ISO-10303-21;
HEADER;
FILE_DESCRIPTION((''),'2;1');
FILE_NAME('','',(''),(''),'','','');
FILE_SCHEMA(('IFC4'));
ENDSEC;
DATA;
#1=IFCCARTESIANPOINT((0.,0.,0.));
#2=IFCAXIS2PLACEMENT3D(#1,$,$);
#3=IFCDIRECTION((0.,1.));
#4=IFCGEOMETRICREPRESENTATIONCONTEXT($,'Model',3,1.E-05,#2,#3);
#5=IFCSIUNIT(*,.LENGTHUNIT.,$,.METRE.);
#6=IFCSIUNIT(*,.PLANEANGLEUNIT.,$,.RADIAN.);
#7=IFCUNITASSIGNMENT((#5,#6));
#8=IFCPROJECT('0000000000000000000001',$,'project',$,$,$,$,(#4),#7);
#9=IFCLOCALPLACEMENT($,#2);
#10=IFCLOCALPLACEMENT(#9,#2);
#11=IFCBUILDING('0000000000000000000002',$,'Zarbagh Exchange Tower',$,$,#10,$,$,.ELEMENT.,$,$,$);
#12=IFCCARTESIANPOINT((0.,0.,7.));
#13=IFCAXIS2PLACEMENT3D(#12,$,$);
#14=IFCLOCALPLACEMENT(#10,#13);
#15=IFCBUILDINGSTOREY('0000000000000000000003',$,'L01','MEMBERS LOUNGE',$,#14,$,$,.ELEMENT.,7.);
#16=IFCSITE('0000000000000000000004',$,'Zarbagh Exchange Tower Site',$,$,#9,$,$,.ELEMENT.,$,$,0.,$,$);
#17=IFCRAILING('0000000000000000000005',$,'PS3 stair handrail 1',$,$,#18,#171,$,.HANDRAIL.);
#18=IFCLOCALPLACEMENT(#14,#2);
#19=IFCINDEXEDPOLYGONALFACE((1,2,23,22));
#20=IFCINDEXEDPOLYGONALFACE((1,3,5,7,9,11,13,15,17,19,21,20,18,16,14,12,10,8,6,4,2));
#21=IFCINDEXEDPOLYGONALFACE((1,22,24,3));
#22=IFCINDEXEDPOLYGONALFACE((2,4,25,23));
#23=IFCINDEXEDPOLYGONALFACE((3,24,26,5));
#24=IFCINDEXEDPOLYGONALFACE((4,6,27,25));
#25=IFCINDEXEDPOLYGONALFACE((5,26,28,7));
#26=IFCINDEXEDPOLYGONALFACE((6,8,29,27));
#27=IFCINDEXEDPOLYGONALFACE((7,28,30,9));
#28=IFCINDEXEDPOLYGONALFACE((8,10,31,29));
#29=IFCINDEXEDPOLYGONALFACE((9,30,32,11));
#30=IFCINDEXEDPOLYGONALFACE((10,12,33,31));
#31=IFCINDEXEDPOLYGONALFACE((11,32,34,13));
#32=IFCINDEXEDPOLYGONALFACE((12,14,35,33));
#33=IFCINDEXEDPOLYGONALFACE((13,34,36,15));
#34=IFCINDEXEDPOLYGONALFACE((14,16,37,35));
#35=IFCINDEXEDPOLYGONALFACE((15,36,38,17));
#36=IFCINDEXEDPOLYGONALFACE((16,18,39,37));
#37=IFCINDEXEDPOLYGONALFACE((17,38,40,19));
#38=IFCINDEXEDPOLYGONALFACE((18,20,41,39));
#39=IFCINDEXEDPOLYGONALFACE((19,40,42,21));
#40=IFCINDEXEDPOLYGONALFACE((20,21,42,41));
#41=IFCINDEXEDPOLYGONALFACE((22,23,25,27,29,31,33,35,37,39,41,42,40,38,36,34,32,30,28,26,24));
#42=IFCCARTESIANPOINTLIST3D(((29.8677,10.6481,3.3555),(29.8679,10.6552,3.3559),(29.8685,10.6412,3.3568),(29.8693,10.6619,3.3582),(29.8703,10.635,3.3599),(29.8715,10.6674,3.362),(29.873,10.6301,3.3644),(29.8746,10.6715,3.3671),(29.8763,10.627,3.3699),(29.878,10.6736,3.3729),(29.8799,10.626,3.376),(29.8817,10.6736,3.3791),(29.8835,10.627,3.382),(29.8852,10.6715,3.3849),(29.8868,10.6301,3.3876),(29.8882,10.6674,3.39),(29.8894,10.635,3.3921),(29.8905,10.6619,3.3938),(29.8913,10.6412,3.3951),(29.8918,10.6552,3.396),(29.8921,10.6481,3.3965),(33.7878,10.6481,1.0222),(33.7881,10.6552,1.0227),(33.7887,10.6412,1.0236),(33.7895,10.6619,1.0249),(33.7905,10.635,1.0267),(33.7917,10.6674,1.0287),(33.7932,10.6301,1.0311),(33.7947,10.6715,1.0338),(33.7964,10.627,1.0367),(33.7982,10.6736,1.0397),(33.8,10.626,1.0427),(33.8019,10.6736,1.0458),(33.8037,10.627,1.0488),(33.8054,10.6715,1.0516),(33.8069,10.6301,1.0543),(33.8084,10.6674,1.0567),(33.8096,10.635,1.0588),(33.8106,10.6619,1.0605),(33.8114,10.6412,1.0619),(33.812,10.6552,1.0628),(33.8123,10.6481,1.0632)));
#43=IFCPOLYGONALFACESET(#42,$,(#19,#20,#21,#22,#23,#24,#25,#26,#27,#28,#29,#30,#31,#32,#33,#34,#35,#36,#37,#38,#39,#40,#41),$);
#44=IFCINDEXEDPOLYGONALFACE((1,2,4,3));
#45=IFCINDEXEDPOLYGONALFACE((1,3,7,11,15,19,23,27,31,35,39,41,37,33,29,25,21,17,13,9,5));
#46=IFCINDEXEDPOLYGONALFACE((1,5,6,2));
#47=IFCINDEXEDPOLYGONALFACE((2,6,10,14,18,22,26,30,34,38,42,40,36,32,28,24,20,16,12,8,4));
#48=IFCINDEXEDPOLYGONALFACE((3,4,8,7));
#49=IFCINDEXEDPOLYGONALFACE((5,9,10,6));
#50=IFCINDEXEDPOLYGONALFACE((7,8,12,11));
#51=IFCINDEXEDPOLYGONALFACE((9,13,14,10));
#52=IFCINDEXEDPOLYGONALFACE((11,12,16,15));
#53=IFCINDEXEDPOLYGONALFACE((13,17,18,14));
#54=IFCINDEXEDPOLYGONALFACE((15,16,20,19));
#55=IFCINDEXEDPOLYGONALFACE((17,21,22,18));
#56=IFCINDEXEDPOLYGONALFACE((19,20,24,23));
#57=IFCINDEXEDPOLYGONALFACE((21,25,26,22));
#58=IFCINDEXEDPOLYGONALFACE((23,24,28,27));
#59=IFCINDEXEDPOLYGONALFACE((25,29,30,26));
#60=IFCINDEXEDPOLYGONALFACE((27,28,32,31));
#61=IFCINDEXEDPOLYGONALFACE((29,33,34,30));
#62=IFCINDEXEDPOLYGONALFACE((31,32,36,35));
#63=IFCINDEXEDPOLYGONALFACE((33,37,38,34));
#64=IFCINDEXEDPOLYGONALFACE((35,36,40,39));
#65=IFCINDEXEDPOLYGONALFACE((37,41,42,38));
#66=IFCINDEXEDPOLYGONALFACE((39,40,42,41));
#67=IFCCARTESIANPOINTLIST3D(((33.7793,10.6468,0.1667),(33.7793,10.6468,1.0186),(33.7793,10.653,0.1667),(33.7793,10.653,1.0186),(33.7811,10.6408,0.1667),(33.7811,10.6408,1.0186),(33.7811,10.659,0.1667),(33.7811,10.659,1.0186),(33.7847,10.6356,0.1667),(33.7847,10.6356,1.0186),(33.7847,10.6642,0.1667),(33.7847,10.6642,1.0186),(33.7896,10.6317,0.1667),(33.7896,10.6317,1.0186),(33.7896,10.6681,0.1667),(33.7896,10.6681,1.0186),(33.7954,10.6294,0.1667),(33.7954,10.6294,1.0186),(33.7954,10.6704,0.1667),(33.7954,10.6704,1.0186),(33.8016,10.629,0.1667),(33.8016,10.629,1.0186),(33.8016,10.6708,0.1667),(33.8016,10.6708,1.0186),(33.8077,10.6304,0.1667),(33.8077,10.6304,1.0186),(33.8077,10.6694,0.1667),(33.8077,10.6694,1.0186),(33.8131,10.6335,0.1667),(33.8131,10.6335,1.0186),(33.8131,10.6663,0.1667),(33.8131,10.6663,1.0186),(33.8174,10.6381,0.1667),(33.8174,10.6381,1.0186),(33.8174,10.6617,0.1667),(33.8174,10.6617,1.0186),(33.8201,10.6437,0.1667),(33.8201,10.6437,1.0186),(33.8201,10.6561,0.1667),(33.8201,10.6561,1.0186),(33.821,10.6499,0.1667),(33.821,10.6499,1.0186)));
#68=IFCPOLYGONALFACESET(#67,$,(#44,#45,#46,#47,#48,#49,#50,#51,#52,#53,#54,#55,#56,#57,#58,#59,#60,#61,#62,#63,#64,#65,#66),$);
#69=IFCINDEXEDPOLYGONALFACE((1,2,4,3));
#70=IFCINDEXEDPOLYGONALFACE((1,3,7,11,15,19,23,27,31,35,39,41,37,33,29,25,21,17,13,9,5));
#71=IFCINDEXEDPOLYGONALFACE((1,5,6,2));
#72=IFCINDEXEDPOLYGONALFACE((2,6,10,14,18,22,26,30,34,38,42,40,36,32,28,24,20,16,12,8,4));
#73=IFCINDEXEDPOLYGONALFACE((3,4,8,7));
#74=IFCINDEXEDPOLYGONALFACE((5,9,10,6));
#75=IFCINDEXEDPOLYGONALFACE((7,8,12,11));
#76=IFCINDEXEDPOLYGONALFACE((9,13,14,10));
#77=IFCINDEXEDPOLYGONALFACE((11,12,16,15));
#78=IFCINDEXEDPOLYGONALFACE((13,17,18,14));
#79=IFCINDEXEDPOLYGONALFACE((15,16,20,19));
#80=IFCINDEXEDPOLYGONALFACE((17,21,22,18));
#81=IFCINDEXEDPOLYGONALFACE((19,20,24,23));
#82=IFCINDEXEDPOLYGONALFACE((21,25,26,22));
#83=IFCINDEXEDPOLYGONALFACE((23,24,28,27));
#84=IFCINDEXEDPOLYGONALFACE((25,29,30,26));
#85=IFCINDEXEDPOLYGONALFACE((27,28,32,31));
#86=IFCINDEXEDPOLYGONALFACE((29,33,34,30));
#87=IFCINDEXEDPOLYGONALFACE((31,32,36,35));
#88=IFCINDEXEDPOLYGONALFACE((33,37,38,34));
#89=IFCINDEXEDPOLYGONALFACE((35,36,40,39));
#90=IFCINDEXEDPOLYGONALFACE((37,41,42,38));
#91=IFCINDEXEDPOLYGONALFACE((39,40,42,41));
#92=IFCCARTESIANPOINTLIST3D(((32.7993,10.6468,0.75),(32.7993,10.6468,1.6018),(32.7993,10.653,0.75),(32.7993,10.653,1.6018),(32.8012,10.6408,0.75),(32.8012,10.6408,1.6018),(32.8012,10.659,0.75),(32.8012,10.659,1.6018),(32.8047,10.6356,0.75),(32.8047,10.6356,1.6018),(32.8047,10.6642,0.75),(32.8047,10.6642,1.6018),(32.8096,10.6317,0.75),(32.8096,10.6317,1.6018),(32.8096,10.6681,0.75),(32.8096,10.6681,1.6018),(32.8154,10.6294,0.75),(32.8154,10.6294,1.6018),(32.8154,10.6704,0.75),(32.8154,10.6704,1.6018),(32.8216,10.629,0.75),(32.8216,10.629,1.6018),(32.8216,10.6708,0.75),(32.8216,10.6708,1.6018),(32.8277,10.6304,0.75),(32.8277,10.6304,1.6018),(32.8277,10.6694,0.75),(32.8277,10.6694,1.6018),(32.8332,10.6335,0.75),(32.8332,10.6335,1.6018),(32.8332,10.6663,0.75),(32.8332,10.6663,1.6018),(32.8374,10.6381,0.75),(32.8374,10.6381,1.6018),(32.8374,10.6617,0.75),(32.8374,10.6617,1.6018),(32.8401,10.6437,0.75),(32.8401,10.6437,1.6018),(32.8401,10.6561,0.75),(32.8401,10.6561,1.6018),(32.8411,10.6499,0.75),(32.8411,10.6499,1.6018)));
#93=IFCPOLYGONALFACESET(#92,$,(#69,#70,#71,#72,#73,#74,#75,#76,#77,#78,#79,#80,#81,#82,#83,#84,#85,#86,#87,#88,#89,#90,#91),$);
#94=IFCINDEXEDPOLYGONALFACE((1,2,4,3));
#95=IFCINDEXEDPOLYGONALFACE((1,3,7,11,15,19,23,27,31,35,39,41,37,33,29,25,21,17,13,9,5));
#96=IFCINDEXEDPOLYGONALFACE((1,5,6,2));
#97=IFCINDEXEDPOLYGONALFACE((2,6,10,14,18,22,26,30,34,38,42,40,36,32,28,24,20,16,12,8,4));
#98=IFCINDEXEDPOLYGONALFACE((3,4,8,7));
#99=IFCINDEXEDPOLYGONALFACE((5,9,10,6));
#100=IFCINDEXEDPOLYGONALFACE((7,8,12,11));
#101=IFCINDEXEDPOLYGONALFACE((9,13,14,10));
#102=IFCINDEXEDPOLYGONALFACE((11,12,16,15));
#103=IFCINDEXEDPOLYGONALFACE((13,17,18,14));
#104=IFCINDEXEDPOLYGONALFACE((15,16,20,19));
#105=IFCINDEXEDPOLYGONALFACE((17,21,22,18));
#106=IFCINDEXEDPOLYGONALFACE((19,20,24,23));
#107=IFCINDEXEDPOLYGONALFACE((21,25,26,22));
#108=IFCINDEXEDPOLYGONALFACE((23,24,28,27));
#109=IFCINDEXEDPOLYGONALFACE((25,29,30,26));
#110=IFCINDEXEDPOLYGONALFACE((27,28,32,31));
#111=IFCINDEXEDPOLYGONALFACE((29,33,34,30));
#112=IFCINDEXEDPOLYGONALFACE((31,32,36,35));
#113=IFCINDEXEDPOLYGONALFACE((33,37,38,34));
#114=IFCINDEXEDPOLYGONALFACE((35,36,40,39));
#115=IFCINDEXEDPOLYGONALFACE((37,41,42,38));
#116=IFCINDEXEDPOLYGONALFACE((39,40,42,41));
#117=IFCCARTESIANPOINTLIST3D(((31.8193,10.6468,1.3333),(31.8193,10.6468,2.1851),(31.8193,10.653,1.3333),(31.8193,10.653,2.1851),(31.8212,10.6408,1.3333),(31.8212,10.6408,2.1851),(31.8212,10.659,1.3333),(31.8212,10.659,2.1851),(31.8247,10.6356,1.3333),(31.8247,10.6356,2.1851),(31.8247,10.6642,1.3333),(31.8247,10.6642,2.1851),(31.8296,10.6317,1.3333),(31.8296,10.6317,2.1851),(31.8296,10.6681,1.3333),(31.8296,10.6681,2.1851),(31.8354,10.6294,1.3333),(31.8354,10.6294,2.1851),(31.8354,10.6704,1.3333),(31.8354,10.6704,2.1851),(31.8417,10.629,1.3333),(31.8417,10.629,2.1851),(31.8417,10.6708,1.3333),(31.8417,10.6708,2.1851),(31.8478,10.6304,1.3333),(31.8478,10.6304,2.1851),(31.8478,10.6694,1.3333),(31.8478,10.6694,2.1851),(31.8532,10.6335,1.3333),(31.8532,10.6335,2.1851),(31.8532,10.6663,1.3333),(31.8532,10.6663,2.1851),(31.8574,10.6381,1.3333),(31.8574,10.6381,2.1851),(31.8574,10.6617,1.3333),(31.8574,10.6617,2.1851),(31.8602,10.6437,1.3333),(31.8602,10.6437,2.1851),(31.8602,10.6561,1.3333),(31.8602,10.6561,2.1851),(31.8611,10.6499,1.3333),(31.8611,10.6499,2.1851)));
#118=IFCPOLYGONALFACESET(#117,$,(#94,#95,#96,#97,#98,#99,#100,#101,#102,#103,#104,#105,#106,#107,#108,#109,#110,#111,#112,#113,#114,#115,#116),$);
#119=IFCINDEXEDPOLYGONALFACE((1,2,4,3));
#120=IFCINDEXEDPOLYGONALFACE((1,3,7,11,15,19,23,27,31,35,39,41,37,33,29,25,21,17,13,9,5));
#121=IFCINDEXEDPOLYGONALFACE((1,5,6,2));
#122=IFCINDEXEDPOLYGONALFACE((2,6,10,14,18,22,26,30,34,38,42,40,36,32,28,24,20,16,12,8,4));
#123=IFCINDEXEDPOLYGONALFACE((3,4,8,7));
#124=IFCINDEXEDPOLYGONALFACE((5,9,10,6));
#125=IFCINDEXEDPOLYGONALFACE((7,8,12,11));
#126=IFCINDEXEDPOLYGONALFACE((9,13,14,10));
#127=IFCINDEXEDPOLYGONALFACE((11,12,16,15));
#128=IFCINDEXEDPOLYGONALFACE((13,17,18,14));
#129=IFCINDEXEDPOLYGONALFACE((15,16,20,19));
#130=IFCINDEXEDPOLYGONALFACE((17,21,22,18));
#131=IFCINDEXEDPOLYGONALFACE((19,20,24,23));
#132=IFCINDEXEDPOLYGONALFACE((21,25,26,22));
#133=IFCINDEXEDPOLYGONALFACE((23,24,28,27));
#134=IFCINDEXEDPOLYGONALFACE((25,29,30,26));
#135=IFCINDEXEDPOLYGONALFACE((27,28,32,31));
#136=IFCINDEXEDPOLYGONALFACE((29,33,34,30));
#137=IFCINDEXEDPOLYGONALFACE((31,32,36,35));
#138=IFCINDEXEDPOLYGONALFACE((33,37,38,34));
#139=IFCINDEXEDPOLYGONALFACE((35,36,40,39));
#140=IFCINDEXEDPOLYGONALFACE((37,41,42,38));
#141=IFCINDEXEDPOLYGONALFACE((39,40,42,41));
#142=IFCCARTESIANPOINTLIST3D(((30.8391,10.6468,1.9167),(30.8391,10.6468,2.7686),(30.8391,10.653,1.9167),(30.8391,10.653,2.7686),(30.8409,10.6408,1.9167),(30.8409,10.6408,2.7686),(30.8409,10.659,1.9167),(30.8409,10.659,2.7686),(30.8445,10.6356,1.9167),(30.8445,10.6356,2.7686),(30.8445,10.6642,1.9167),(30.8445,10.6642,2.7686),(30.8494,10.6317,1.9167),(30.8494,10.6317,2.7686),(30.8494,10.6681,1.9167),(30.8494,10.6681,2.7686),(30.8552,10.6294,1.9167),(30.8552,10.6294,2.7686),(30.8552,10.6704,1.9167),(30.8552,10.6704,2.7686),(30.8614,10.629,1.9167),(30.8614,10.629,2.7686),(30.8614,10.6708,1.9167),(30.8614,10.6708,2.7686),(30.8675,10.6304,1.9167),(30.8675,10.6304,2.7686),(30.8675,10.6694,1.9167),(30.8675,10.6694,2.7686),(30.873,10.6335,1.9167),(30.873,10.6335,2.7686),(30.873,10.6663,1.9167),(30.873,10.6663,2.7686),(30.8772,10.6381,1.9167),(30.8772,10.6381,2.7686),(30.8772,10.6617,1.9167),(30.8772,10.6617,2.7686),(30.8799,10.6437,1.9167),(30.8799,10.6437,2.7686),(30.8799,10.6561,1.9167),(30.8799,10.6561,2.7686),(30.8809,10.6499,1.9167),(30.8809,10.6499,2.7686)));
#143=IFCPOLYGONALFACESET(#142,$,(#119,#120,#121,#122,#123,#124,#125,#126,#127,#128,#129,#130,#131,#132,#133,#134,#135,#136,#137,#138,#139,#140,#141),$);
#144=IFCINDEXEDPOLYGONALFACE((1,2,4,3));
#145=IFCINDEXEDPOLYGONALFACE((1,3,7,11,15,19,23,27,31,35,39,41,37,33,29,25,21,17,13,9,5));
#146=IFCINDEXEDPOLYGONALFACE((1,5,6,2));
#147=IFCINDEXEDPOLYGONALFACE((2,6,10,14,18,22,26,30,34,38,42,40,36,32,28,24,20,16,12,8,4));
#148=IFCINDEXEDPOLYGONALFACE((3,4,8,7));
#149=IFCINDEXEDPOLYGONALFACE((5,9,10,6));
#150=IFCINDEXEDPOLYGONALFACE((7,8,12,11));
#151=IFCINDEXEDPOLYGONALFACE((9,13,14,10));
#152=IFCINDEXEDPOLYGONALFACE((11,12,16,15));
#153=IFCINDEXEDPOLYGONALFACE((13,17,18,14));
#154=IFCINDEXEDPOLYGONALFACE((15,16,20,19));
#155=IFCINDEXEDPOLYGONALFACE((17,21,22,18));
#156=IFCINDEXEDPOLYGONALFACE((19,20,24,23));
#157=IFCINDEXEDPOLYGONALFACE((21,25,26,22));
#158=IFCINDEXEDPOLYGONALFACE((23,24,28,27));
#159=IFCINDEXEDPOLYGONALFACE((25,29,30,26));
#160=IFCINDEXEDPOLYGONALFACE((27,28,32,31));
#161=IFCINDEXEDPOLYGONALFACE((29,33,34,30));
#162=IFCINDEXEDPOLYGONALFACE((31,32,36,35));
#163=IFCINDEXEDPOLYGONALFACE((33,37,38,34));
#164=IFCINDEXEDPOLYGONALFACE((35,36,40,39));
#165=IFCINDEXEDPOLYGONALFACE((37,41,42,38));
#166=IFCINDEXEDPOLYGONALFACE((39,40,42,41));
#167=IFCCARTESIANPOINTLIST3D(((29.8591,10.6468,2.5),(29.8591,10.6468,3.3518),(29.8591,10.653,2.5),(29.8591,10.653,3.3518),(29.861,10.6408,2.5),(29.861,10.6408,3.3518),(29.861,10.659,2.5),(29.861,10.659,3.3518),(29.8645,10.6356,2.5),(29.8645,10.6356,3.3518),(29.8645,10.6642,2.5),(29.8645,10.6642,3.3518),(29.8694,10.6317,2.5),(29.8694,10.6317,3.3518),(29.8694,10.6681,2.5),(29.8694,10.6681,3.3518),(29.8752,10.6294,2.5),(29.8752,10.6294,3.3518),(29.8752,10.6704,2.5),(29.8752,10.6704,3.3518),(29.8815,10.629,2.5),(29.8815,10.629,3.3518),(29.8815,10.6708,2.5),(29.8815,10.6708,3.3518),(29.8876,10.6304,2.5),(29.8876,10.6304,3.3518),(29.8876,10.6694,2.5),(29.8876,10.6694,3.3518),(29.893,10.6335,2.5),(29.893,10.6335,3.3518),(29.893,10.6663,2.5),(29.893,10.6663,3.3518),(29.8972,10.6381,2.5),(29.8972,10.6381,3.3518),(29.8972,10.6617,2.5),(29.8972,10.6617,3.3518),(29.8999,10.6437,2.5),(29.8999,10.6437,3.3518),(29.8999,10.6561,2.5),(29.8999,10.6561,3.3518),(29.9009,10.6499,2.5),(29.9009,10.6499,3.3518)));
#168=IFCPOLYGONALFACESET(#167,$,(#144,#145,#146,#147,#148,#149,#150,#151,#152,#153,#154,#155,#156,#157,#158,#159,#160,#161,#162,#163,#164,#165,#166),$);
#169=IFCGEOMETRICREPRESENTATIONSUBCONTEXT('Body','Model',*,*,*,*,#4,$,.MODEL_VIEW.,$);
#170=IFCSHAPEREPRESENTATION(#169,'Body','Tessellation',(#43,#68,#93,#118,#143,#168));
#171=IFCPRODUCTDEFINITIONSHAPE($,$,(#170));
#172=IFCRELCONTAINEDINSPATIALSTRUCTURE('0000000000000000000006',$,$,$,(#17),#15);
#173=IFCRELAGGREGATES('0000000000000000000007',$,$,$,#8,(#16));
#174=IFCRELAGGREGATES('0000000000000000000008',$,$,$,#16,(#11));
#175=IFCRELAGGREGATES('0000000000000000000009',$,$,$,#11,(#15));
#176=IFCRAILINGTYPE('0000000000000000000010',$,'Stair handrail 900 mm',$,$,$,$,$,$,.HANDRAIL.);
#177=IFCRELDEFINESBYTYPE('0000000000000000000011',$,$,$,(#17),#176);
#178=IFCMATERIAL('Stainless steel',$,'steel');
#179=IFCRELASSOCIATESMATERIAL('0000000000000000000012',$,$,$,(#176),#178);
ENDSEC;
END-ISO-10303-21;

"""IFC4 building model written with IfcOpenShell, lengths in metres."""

from ifc_helpers import new_model, si_unit, direction, frame, origin, origin_2d, place, context, subcontext, project, spatial, circle, extrude, material, type_object, element, save


model = new_model("IFC4")

# Units and contexts
model_context = context("Model", 3, precision=1e-05, world=origin(), true_north=direction((0.0, 1.0)))
body_context = subcontext(model_context, "Body", "Model", "MODEL_VIEW")
ifc_project = project(units=[si_unit("LENGTHUNIT", "METRE"), si_unit("PLANEANGLEUNIT", "RADIAN")], contexts=[model_context])

# Site, building, storey
site_placement = place(None, origin())
site = spatial("IfcSite", under=ifc_project, at=site_placement, Name="Zarbagh Exchange Tower Site", CompositionType="ELEMENT", RefElevation=0.0)
building_placement = place(site_placement, origin())
building = spatial("IfcBuilding", under=site, at=building_placement, Name="Zarbagh Exchange Tower", CompositionType="ELEMENT")
storey_placement = place(building_placement, frame((0.0, 0.0, 7.0)))
storey = spatial("IfcBuildingStorey", under=building, at=storey_placement, Name="L01", Description="MEMBERS LOUNGE", CompositionType="ELEMENT", Elevation=7.0)

# Railing
ifc_material_1 = material(Name="Stainless steel", Category="steel")
railing_type_1 = type_object("IfcRailingType", Name="Stair handrail 900 mm", PredefinedType="HANDRAIL", material=ifc_material_1)
railing_1_placement = place(storey_placement, frame((33.8, 10.6499, 0.1667)))
element("IfcRailing", 1, at=railing_1_placement, inside=storey, type_object=railing_type_1, Name="PS3 stair handrail 1", PredefinedType="HANDRAIL", context=body_context, shape_type="SweptSolid", body=[
    extrude(circle(Radius=0.0239, at=origin_2d()), frame((0.0, 0.0, 0.876), z_axis=(-0.85931, 0.0, 0.511455), x_axis=(0.0, -1.0, 0.0)), (0.0, 0.0, 1.0), 4.562),
    extrude(circle(Radius=0.021, at=origin_2d()), origin(), (0.0, 0.0, 1.0), 0.8518),
    extrude(circle(Radius=0.021, at=origin_2d()), frame((-0.98, 0.0, 0.5833)), (0.0, 0.0, 1.0), 0.8518),
    extrude(circle(Radius=0.021, at=origin_2d()), frame((-1.96, 0.0, 1.1665)), (0.0, 0.0, 1.0), 0.8518),
    extrude(circle(Radius=0.021, at=origin_2d()), frame((-2.9402, 0.0, 1.75)), (0.0, 0.0, 1.0), 0.8518),
    extrude(circle(Radius=0.021, at=origin_2d()), frame((-3.9202, 0.0, 2.3333)), (0.0, 0.0, 1.0), 0.8518),
])

save(model, "model.ifc")
